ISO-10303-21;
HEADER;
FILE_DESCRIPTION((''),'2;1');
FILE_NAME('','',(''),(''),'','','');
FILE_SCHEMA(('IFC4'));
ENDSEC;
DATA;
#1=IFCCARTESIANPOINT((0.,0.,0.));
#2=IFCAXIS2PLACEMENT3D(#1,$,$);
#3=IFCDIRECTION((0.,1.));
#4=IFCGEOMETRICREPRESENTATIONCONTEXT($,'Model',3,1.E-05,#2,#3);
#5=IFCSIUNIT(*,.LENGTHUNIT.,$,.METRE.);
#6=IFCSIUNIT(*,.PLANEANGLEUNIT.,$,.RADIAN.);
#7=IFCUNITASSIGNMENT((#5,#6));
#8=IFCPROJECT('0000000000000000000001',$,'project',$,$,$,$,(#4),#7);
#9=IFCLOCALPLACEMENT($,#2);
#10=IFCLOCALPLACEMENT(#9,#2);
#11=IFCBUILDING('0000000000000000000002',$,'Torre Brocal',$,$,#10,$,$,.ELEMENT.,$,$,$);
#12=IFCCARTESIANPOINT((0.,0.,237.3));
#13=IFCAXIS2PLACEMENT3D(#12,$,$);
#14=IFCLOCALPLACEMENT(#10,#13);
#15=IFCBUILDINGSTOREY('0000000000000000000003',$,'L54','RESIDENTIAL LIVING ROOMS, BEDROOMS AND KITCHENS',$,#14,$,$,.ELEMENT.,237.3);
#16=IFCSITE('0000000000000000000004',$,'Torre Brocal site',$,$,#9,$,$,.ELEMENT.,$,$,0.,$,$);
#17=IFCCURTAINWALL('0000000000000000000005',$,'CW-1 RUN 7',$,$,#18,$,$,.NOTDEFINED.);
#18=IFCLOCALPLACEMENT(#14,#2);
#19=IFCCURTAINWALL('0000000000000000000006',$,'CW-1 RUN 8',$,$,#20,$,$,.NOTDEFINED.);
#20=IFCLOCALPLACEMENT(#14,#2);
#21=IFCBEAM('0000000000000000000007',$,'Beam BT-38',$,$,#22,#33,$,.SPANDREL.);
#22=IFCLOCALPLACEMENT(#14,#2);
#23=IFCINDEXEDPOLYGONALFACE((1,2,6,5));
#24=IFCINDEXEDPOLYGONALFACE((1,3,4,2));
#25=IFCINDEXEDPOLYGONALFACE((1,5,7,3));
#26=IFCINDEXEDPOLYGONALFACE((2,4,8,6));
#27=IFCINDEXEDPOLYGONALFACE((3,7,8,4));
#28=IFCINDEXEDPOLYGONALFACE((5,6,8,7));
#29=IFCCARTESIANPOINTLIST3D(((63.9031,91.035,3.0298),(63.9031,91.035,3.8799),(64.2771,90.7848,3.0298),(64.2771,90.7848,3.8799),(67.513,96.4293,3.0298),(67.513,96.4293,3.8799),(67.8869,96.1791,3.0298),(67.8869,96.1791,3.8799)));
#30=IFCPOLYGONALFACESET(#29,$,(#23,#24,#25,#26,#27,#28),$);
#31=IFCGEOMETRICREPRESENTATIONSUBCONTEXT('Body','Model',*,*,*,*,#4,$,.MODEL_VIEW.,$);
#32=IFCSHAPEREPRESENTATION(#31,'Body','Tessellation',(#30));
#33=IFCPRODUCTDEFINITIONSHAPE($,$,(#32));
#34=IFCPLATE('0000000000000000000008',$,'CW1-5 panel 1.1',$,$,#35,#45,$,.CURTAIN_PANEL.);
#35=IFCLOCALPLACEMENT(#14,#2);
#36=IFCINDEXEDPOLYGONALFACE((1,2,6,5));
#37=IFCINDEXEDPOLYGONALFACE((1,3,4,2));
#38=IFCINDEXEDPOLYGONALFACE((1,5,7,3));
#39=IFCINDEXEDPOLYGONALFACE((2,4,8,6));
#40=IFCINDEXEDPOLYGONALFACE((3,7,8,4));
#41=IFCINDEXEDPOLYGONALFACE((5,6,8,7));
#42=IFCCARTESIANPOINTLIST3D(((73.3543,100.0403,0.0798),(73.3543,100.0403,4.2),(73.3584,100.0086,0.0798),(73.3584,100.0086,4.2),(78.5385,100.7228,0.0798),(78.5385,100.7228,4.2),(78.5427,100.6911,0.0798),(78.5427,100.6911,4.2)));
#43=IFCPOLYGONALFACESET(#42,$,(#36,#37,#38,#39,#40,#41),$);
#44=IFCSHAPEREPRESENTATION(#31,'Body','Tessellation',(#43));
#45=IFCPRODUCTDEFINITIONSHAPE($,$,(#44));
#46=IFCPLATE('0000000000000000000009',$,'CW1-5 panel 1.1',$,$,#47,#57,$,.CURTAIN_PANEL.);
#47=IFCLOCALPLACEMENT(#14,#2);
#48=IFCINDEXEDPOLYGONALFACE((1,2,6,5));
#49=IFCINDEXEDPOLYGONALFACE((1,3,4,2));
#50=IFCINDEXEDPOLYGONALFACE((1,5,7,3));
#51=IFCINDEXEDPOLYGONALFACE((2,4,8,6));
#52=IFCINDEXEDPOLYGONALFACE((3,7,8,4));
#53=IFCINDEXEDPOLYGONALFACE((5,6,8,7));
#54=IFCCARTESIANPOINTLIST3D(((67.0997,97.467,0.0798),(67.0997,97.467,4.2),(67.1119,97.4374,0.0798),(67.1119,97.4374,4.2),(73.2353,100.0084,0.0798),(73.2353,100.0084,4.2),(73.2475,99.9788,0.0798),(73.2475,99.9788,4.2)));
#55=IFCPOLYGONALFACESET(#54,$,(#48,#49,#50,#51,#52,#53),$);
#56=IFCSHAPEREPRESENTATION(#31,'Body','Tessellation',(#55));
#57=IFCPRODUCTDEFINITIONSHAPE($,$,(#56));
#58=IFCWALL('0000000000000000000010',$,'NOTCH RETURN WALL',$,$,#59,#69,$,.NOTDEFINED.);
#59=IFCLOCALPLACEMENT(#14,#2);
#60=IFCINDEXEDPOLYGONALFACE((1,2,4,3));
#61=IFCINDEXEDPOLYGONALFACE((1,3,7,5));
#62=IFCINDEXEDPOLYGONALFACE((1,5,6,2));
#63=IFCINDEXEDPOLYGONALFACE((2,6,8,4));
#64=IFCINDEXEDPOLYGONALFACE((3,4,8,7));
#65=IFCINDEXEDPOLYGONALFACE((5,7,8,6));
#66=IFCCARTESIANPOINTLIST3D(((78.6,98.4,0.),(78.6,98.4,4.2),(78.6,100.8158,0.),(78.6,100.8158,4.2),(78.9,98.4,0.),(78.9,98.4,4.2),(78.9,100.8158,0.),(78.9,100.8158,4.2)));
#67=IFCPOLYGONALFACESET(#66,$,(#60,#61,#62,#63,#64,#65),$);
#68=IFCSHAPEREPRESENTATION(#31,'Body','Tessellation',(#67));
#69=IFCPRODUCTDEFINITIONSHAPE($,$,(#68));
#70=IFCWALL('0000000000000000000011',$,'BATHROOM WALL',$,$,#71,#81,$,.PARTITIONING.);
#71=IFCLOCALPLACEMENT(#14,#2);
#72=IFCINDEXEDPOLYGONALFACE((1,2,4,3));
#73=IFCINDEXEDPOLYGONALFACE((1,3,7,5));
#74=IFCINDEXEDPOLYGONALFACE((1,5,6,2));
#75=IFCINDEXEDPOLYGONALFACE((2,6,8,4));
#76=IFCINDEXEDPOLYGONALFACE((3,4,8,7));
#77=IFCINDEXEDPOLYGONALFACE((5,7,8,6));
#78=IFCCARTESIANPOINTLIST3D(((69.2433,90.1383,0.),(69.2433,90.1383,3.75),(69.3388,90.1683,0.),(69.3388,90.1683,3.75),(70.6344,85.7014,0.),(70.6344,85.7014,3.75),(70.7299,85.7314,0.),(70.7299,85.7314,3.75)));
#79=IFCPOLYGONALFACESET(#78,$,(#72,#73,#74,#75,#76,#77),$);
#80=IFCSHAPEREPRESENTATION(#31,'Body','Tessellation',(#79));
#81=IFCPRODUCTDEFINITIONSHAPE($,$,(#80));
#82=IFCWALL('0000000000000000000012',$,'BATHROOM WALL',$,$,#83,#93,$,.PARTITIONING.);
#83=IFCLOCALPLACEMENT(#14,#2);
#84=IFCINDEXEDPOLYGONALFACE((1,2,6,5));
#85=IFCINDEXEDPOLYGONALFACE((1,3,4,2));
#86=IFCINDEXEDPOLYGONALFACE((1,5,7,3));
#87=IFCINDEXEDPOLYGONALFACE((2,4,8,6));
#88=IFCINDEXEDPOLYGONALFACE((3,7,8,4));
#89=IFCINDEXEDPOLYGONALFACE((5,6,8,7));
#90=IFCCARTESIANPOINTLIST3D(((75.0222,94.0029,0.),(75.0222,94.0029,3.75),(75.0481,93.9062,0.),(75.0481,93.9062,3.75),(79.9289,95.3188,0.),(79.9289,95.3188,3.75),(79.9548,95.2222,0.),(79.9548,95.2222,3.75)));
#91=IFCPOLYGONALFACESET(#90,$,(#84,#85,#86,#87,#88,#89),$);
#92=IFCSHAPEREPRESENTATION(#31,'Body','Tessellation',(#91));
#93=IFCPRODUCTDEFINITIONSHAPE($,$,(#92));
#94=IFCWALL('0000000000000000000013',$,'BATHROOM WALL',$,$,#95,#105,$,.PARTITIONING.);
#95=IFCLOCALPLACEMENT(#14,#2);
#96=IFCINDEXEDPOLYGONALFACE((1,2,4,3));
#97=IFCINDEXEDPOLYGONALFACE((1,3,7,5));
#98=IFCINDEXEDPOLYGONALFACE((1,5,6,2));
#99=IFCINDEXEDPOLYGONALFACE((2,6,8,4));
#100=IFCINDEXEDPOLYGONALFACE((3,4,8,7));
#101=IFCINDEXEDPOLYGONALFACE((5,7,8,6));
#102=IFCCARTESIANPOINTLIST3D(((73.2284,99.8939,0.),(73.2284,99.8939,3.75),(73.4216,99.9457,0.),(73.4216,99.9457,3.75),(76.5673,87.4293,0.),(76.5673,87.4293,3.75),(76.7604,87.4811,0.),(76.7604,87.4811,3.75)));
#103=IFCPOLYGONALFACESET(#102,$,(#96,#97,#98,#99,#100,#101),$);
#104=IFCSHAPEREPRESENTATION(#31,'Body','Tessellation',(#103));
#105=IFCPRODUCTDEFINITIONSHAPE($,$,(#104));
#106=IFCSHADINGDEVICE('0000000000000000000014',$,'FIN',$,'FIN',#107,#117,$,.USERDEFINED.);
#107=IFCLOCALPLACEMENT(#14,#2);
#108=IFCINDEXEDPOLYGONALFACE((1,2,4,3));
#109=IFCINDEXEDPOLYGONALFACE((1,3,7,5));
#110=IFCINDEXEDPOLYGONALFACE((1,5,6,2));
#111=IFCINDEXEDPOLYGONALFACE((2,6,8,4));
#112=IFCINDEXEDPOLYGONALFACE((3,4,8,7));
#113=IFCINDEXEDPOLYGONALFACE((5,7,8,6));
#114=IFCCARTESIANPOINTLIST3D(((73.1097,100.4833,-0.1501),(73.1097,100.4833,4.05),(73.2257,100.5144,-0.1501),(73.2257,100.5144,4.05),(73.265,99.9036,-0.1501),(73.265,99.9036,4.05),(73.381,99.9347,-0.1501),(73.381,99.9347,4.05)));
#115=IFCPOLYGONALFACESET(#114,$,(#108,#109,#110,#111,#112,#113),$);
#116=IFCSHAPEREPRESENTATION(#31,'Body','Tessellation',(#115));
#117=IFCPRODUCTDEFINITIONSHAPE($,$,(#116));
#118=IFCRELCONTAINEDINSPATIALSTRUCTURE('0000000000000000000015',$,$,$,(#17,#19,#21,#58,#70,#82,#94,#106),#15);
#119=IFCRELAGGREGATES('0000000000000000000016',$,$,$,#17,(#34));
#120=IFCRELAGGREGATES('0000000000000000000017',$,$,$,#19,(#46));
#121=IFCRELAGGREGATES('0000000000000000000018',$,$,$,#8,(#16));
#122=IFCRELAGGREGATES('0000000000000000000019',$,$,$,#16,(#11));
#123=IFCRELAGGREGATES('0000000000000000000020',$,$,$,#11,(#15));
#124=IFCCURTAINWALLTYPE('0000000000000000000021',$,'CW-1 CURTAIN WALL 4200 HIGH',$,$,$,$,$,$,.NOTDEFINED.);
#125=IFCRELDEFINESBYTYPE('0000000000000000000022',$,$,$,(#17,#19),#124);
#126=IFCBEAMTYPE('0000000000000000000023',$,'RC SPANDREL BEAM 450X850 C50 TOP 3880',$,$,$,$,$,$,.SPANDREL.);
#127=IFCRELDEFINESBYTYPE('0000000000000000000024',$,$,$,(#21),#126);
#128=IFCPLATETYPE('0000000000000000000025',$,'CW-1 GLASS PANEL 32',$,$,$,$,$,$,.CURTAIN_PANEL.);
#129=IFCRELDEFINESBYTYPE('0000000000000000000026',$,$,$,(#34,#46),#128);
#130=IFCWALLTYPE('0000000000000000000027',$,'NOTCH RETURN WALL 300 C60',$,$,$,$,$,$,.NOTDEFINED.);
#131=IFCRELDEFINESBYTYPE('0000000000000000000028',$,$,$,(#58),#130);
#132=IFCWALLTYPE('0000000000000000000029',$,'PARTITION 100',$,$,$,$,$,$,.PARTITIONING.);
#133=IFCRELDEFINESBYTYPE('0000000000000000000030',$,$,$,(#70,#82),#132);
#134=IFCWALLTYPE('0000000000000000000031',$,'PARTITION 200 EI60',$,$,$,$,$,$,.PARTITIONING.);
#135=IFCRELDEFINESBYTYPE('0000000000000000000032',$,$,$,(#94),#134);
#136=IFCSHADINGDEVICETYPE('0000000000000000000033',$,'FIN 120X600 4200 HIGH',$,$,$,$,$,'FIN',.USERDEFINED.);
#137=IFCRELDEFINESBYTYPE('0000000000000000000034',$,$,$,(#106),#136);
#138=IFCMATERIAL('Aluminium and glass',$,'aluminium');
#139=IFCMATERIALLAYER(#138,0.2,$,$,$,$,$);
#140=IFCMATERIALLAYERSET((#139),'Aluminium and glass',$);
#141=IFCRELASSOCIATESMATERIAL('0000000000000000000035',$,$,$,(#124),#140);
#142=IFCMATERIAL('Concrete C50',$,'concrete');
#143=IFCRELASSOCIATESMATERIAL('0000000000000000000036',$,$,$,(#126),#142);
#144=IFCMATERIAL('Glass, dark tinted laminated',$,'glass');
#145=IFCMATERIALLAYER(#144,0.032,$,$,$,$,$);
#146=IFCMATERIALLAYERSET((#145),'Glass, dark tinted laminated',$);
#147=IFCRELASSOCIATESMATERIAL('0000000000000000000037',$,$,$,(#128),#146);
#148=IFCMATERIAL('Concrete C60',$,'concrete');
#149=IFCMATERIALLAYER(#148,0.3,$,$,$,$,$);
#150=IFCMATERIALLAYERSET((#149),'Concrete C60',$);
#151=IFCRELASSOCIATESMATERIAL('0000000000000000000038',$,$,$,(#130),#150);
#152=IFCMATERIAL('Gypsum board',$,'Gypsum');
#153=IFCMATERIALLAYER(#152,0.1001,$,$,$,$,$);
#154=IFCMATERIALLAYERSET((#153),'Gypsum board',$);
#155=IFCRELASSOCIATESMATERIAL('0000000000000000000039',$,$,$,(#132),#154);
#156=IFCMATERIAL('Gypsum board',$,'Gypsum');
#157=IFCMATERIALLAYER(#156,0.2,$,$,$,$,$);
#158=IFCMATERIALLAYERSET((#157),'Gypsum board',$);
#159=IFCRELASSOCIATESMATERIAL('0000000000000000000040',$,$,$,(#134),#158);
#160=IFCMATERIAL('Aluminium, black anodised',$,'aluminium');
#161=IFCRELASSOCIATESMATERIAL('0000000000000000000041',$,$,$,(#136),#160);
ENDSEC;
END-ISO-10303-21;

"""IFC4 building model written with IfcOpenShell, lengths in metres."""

from ifc_helpers import new_model, si_unit, direction, frame, frame_2d, origin, origin_2d, place, context, subcontext, project, spatial, rectangle, extrude, material, layer, layer_set, material_profile, profile_set, type_object, element, aggregate, save


model = new_model("IFC4")

# Units and contexts
model_context = context("Model", 3, precision=1e-05, world=origin(), true_north=direction((0.0, 1.0)))
body_context = subcontext(model_context, "Body", "Model", "MODEL_VIEW")
ifc_project = project(units=[si_unit("LENGTHUNIT", "METRE"), si_unit("PLANEANGLEUNIT", "RADIAN")], contexts=[model_context])

# Site, building, storey
site_placement = place(None, origin())
site = spatial("IfcSite", under=ifc_project, at=site_placement, Name="Torre Brocal site", CompositionType="ELEMENT", RefElevation=0.0)
building_placement = place(site_placement, origin())
building = spatial("IfcBuilding", under=site, at=building_placement, Name="Torre Brocal", CompositionType="ELEMENT")
storey_placement = place(building_placement, frame((0.0, 0.0, 237.3)))
storey = spatial("IfcBuildingStorey", under=building, at=storey_placement, Name="L54", Description="RESIDENTIAL LIVING ROOMS, BEDROOMS AND KITCHENS", CompositionType="ELEMENT", Elevation=237.3)

# Curtain wall
ifc_material_1 = material(Name="Aluminium and glass", Category="aluminium")
ifc_layer_1 = layer(ifc_material_1, 0.2)
ifc_layer_set_1 = layer_set([ifc_layer_1], Name="Aluminium and glass")
curtain_wall_type = type_object("IfcCurtainWallType", Name="CW-1 CURTAIN WALL 4200 HIGH", PredefinedType="NOTDEFINED", material=ifc_layer_set_1)
curtain_wall_1_placement = place(storey_placement, origin())
curtain_wall_1 = element("IfcCurtainWall", 1, at=curtain_wall_1_placement, inside=storey, type_object=curtain_wall_type, Name="CW-1 RUN 7", PredefinedType="NOTDEFINED")

# Curtain wall
curtain_wall_2_placement = place(storey_placement, origin())
curtain_wall_2 = element("IfcCurtainWall", 2, at=curtain_wall_2_placement, inside=storey, type_object=curtain_wall_type, Name="CW-1 RUN 8", PredefinedType="NOTDEFINED")

# Beam
ifc_material_2 = material(Name="Concrete C50", Category="concrete")
ifc_material_profile_1 = material_profile(ifc_material_2, rectangle(XDim=0.45, YDim=0.8501, at=origin_2d()), Name="RC 450X850")
ifc_profile_set_1 = profile_set([ifc_material_profile_1], Name="Concrete C50")
beam_type_1 = type_object("IfcBeamType", Name="RC SPANDREL BEAM 450X850 C50 TOP 3880", PredefinedType="SPANDREL", material=ifc_profile_set_1)
beam_1_placement = place(storey_placement, frame((67.7, 96.3042, 3.4548), z_axis=(-0.556158, -0.831077, 0.0), x_axis=(0.831077, -0.556158, 0.0)))
element("IfcBeam", 3, at=beam_1_placement, inside=storey, type_object=beam_type_1, Name="Beam BT-38", PredefinedType="SPANDREL", context=body_context, shape_type="SweptSolid", body=[
    extrude(rectangle(XDim=0.45, YDim=0.8501, at=origin_2d()), origin(), (0.0, 0.0, 1.0), 6.4907),
])

# Plates
ifc_material_3 = material(Name="Glass, dark tinted laminated", Category="glass")
ifc_layer_2 = layer(ifc_material_3, 0.032)
ifc_layer_set_2 = layer_set([ifc_layer_2], Name="Glass, dark tinted laminated")
plate_type = type_object("IfcPlateType", Name="CW-1 GLASS PANEL 32", PredefinedType="CURTAIN_PANEL", material=ifc_layer_set_2)
plate_1_placement = place(storey_placement, frame((75.9485, 100.3657, 0.0798), z_axis=(0.0, 0.0, 1.0), x_axis=(-0.991445, -0.130526, 0.0)))
plate_1 = element("IfcPlate", 4, at=plate_1_placement, type_object=plate_type, Name="CW1-5 panel 1.1", PredefinedType="CURTAIN_PANEL", context=body_context, shape_type="SweptSolid", body=[
    extrude(rectangle(XDim=5.229, YDim=0.032, at=origin_2d()), origin(), (0.0, 0.0, 1.0), 4.1201),
])
aggregate(curtain_wall_1, [plate_1])
plate_2_placement = place(storey_placement, frame((70.1736, 98.7229, 0.0798), z_axis=(0.0, 0.0, 1.0), x_axis=(-0.92388, -0.382683, 0.0)))
plate_2 = element("IfcPlate", 5, at=plate_2_placement, type_object=plate_type, Name="CW1-5 panel 1.1", PredefinedType="CURTAIN_PANEL", context=body_context, shape_type="SweptSolid", body=[
    extrude(rectangle(XDim=6.6411, YDim=0.032, at=origin_2d()), origin(), (0.0, 0.0, 1.0), 4.1201),
])
aggregate(curtain_wall_2, [plate_2])

# Walls
ifc_material_4 = material(Name="Concrete C60", Category="concrete")
ifc_layer_3 = layer(ifc_material_4, 0.3)
ifc_layer_set_3 = layer_set([ifc_layer_3], Name="Concrete C60")
wall_type_1 = type_object("IfcWallType", Name="NOTCH RETURN WALL 300 C60", PredefinedType="NOTDEFINED", material=ifc_layer_set_3)
wall_1_placement = place(storey_placement, frame((78.75, 98.3999, 0.0), z_axis=(0.0, 0.0, 1.0), x_axis=(0.0, 1.0, 0.0)))
element("IfcWall", 6, at=wall_1_placement, inside=storey, type_object=wall_type_1, Name="NOTCH RETURN WALL", PredefinedType="NOTDEFINED", context=body_context, shape_type="SweptSolid", body=[
    extrude(rectangle(XDim=2.4158, YDim=0.3, at=frame_2d((1.208, 0.0))), origin(), (0.0, 0.0, 1.0), 4.2),
])
ifc_material_5 = material(Name="Gypsum board", Category="Gypsum")
ifc_layer_4 = layer(ifc_material_5, 0.1001)
ifc_layer_set_4 = layer_set([ifc_layer_4], Name="Gypsum board")
wall_type_2 = type_object("IfcWallType", Name="PARTITION 100", PredefinedType="PARTITIONING", material=ifc_layer_set_4)
wall_2_placement = place(storey_placement, frame((69.291, 90.1533, 0.0), z_axis=(0.0, 0.0, 1.0), x_axis=(0.299166, -0.954201, 0.0)))
element("IfcWall", 7, at=wall_2_placement, inside=storey, type_object=wall_type_2, Name="BATHROOM WALL", PredefinedType="PARTITIONING", context=body_context, shape_type="SweptSolid", body=[
    extrude(rectangle(XDim=4.6499, YDim=0.1001, at=frame_2d((2.325, 0.0))), origin(), (0.0, 0.0, 1.0), 3.75),
])
wall_3_placement = place(storey_placement, frame((75.0352, 93.9546, 0.0), z_axis=(0.0, 0.0, 1.0), x_axis=(0.965869, 0.259032, 0.0)))
element("IfcWall", 8, at=wall_3_placement, inside=storey, type_object=wall_type_2, Name="BATHROOM WALL", PredefinedType="PARTITIONING", context=body_context, shape_type="SweptSolid", body=[
    extrude(rectangle(XDim=5.0801, YDim=0.1001, at=frame_2d((2.54, 0.0))), origin(), (0.0, 0.0, 1.0), 3.75),
])
ifc_material_6 = material(Name="Gypsum board", Category="Gypsum")
ifc_layer_5 = layer(ifc_material_6, 0.2)
ifc_layer_set_5 = layer_set([ifc_layer_5], Name="Gypsum board")
wall_type_3 = type_object("IfcWallType", Name="PARTITION 200 EI60", PredefinedType="PARTITIONING", material=ifc_layer_set_5)
wall_4_placement = place(storey_placement, frame((73.325, 99.9199, 0.0), z_axis=(0.0, 0.0, 1.0), x_axis=(0.258746, -0.965945, 0.0)))
element("IfcWall", 9, at=wall_4_placement, inside=storey, type_object=wall_type_3, Name="BATHROOM WALL", PredefinedType="PARTITIONING", context=body_context, shape_type="SweptSolid", body=[
    extrude(rectangle(XDim=12.9041, YDim=0.2, at=frame_2d((6.4521, 0.0))), origin(), (0.0, 0.0, 1.0), 3.75),
])

# Shading device
ifc_material_7 = material(Name="Aluminium, black anodised", Category="aluminium")
ifc_material_profile_2 = material_profile(ifc_material_7, rectangle(XDim=0.1201, YDim=0.6001, at=origin_2d()), Name="FIN 120X600 4200 HIGH")
ifc_profile_set_2 = profile_set([ifc_material_profile_2], Name="Aluminium, black anodised")
shading_device_type = type_object("IfcShadingDeviceType", Name="FIN 120X600 4200 HIGH", ElementType="FIN", PredefinedType="USERDEFINED", material=ifc_profile_set_2)
shading_device_placement = place(storey_placement, frame((73.2454, 100.209, -0.1501), z_axis=(0.0, 0.0, 1.0), x_axis=(-0.965926, -0.258819, 0.0)))
element("IfcShadingDevice", 10, at=shading_device_placement, inside=storey, type_object=shading_device_type, Name="FIN", ObjectType="FIN", PredefinedType="USERDEFINED", context=body_context, shape_type="SweptSolid", body=[
    extrude(rectangle(XDim=0.1201, YDim=0.6001, at=origin_2d()), origin(), (0.0, 0.0, 1.0), 4.2002),
])

save(model, "model.ifc")
